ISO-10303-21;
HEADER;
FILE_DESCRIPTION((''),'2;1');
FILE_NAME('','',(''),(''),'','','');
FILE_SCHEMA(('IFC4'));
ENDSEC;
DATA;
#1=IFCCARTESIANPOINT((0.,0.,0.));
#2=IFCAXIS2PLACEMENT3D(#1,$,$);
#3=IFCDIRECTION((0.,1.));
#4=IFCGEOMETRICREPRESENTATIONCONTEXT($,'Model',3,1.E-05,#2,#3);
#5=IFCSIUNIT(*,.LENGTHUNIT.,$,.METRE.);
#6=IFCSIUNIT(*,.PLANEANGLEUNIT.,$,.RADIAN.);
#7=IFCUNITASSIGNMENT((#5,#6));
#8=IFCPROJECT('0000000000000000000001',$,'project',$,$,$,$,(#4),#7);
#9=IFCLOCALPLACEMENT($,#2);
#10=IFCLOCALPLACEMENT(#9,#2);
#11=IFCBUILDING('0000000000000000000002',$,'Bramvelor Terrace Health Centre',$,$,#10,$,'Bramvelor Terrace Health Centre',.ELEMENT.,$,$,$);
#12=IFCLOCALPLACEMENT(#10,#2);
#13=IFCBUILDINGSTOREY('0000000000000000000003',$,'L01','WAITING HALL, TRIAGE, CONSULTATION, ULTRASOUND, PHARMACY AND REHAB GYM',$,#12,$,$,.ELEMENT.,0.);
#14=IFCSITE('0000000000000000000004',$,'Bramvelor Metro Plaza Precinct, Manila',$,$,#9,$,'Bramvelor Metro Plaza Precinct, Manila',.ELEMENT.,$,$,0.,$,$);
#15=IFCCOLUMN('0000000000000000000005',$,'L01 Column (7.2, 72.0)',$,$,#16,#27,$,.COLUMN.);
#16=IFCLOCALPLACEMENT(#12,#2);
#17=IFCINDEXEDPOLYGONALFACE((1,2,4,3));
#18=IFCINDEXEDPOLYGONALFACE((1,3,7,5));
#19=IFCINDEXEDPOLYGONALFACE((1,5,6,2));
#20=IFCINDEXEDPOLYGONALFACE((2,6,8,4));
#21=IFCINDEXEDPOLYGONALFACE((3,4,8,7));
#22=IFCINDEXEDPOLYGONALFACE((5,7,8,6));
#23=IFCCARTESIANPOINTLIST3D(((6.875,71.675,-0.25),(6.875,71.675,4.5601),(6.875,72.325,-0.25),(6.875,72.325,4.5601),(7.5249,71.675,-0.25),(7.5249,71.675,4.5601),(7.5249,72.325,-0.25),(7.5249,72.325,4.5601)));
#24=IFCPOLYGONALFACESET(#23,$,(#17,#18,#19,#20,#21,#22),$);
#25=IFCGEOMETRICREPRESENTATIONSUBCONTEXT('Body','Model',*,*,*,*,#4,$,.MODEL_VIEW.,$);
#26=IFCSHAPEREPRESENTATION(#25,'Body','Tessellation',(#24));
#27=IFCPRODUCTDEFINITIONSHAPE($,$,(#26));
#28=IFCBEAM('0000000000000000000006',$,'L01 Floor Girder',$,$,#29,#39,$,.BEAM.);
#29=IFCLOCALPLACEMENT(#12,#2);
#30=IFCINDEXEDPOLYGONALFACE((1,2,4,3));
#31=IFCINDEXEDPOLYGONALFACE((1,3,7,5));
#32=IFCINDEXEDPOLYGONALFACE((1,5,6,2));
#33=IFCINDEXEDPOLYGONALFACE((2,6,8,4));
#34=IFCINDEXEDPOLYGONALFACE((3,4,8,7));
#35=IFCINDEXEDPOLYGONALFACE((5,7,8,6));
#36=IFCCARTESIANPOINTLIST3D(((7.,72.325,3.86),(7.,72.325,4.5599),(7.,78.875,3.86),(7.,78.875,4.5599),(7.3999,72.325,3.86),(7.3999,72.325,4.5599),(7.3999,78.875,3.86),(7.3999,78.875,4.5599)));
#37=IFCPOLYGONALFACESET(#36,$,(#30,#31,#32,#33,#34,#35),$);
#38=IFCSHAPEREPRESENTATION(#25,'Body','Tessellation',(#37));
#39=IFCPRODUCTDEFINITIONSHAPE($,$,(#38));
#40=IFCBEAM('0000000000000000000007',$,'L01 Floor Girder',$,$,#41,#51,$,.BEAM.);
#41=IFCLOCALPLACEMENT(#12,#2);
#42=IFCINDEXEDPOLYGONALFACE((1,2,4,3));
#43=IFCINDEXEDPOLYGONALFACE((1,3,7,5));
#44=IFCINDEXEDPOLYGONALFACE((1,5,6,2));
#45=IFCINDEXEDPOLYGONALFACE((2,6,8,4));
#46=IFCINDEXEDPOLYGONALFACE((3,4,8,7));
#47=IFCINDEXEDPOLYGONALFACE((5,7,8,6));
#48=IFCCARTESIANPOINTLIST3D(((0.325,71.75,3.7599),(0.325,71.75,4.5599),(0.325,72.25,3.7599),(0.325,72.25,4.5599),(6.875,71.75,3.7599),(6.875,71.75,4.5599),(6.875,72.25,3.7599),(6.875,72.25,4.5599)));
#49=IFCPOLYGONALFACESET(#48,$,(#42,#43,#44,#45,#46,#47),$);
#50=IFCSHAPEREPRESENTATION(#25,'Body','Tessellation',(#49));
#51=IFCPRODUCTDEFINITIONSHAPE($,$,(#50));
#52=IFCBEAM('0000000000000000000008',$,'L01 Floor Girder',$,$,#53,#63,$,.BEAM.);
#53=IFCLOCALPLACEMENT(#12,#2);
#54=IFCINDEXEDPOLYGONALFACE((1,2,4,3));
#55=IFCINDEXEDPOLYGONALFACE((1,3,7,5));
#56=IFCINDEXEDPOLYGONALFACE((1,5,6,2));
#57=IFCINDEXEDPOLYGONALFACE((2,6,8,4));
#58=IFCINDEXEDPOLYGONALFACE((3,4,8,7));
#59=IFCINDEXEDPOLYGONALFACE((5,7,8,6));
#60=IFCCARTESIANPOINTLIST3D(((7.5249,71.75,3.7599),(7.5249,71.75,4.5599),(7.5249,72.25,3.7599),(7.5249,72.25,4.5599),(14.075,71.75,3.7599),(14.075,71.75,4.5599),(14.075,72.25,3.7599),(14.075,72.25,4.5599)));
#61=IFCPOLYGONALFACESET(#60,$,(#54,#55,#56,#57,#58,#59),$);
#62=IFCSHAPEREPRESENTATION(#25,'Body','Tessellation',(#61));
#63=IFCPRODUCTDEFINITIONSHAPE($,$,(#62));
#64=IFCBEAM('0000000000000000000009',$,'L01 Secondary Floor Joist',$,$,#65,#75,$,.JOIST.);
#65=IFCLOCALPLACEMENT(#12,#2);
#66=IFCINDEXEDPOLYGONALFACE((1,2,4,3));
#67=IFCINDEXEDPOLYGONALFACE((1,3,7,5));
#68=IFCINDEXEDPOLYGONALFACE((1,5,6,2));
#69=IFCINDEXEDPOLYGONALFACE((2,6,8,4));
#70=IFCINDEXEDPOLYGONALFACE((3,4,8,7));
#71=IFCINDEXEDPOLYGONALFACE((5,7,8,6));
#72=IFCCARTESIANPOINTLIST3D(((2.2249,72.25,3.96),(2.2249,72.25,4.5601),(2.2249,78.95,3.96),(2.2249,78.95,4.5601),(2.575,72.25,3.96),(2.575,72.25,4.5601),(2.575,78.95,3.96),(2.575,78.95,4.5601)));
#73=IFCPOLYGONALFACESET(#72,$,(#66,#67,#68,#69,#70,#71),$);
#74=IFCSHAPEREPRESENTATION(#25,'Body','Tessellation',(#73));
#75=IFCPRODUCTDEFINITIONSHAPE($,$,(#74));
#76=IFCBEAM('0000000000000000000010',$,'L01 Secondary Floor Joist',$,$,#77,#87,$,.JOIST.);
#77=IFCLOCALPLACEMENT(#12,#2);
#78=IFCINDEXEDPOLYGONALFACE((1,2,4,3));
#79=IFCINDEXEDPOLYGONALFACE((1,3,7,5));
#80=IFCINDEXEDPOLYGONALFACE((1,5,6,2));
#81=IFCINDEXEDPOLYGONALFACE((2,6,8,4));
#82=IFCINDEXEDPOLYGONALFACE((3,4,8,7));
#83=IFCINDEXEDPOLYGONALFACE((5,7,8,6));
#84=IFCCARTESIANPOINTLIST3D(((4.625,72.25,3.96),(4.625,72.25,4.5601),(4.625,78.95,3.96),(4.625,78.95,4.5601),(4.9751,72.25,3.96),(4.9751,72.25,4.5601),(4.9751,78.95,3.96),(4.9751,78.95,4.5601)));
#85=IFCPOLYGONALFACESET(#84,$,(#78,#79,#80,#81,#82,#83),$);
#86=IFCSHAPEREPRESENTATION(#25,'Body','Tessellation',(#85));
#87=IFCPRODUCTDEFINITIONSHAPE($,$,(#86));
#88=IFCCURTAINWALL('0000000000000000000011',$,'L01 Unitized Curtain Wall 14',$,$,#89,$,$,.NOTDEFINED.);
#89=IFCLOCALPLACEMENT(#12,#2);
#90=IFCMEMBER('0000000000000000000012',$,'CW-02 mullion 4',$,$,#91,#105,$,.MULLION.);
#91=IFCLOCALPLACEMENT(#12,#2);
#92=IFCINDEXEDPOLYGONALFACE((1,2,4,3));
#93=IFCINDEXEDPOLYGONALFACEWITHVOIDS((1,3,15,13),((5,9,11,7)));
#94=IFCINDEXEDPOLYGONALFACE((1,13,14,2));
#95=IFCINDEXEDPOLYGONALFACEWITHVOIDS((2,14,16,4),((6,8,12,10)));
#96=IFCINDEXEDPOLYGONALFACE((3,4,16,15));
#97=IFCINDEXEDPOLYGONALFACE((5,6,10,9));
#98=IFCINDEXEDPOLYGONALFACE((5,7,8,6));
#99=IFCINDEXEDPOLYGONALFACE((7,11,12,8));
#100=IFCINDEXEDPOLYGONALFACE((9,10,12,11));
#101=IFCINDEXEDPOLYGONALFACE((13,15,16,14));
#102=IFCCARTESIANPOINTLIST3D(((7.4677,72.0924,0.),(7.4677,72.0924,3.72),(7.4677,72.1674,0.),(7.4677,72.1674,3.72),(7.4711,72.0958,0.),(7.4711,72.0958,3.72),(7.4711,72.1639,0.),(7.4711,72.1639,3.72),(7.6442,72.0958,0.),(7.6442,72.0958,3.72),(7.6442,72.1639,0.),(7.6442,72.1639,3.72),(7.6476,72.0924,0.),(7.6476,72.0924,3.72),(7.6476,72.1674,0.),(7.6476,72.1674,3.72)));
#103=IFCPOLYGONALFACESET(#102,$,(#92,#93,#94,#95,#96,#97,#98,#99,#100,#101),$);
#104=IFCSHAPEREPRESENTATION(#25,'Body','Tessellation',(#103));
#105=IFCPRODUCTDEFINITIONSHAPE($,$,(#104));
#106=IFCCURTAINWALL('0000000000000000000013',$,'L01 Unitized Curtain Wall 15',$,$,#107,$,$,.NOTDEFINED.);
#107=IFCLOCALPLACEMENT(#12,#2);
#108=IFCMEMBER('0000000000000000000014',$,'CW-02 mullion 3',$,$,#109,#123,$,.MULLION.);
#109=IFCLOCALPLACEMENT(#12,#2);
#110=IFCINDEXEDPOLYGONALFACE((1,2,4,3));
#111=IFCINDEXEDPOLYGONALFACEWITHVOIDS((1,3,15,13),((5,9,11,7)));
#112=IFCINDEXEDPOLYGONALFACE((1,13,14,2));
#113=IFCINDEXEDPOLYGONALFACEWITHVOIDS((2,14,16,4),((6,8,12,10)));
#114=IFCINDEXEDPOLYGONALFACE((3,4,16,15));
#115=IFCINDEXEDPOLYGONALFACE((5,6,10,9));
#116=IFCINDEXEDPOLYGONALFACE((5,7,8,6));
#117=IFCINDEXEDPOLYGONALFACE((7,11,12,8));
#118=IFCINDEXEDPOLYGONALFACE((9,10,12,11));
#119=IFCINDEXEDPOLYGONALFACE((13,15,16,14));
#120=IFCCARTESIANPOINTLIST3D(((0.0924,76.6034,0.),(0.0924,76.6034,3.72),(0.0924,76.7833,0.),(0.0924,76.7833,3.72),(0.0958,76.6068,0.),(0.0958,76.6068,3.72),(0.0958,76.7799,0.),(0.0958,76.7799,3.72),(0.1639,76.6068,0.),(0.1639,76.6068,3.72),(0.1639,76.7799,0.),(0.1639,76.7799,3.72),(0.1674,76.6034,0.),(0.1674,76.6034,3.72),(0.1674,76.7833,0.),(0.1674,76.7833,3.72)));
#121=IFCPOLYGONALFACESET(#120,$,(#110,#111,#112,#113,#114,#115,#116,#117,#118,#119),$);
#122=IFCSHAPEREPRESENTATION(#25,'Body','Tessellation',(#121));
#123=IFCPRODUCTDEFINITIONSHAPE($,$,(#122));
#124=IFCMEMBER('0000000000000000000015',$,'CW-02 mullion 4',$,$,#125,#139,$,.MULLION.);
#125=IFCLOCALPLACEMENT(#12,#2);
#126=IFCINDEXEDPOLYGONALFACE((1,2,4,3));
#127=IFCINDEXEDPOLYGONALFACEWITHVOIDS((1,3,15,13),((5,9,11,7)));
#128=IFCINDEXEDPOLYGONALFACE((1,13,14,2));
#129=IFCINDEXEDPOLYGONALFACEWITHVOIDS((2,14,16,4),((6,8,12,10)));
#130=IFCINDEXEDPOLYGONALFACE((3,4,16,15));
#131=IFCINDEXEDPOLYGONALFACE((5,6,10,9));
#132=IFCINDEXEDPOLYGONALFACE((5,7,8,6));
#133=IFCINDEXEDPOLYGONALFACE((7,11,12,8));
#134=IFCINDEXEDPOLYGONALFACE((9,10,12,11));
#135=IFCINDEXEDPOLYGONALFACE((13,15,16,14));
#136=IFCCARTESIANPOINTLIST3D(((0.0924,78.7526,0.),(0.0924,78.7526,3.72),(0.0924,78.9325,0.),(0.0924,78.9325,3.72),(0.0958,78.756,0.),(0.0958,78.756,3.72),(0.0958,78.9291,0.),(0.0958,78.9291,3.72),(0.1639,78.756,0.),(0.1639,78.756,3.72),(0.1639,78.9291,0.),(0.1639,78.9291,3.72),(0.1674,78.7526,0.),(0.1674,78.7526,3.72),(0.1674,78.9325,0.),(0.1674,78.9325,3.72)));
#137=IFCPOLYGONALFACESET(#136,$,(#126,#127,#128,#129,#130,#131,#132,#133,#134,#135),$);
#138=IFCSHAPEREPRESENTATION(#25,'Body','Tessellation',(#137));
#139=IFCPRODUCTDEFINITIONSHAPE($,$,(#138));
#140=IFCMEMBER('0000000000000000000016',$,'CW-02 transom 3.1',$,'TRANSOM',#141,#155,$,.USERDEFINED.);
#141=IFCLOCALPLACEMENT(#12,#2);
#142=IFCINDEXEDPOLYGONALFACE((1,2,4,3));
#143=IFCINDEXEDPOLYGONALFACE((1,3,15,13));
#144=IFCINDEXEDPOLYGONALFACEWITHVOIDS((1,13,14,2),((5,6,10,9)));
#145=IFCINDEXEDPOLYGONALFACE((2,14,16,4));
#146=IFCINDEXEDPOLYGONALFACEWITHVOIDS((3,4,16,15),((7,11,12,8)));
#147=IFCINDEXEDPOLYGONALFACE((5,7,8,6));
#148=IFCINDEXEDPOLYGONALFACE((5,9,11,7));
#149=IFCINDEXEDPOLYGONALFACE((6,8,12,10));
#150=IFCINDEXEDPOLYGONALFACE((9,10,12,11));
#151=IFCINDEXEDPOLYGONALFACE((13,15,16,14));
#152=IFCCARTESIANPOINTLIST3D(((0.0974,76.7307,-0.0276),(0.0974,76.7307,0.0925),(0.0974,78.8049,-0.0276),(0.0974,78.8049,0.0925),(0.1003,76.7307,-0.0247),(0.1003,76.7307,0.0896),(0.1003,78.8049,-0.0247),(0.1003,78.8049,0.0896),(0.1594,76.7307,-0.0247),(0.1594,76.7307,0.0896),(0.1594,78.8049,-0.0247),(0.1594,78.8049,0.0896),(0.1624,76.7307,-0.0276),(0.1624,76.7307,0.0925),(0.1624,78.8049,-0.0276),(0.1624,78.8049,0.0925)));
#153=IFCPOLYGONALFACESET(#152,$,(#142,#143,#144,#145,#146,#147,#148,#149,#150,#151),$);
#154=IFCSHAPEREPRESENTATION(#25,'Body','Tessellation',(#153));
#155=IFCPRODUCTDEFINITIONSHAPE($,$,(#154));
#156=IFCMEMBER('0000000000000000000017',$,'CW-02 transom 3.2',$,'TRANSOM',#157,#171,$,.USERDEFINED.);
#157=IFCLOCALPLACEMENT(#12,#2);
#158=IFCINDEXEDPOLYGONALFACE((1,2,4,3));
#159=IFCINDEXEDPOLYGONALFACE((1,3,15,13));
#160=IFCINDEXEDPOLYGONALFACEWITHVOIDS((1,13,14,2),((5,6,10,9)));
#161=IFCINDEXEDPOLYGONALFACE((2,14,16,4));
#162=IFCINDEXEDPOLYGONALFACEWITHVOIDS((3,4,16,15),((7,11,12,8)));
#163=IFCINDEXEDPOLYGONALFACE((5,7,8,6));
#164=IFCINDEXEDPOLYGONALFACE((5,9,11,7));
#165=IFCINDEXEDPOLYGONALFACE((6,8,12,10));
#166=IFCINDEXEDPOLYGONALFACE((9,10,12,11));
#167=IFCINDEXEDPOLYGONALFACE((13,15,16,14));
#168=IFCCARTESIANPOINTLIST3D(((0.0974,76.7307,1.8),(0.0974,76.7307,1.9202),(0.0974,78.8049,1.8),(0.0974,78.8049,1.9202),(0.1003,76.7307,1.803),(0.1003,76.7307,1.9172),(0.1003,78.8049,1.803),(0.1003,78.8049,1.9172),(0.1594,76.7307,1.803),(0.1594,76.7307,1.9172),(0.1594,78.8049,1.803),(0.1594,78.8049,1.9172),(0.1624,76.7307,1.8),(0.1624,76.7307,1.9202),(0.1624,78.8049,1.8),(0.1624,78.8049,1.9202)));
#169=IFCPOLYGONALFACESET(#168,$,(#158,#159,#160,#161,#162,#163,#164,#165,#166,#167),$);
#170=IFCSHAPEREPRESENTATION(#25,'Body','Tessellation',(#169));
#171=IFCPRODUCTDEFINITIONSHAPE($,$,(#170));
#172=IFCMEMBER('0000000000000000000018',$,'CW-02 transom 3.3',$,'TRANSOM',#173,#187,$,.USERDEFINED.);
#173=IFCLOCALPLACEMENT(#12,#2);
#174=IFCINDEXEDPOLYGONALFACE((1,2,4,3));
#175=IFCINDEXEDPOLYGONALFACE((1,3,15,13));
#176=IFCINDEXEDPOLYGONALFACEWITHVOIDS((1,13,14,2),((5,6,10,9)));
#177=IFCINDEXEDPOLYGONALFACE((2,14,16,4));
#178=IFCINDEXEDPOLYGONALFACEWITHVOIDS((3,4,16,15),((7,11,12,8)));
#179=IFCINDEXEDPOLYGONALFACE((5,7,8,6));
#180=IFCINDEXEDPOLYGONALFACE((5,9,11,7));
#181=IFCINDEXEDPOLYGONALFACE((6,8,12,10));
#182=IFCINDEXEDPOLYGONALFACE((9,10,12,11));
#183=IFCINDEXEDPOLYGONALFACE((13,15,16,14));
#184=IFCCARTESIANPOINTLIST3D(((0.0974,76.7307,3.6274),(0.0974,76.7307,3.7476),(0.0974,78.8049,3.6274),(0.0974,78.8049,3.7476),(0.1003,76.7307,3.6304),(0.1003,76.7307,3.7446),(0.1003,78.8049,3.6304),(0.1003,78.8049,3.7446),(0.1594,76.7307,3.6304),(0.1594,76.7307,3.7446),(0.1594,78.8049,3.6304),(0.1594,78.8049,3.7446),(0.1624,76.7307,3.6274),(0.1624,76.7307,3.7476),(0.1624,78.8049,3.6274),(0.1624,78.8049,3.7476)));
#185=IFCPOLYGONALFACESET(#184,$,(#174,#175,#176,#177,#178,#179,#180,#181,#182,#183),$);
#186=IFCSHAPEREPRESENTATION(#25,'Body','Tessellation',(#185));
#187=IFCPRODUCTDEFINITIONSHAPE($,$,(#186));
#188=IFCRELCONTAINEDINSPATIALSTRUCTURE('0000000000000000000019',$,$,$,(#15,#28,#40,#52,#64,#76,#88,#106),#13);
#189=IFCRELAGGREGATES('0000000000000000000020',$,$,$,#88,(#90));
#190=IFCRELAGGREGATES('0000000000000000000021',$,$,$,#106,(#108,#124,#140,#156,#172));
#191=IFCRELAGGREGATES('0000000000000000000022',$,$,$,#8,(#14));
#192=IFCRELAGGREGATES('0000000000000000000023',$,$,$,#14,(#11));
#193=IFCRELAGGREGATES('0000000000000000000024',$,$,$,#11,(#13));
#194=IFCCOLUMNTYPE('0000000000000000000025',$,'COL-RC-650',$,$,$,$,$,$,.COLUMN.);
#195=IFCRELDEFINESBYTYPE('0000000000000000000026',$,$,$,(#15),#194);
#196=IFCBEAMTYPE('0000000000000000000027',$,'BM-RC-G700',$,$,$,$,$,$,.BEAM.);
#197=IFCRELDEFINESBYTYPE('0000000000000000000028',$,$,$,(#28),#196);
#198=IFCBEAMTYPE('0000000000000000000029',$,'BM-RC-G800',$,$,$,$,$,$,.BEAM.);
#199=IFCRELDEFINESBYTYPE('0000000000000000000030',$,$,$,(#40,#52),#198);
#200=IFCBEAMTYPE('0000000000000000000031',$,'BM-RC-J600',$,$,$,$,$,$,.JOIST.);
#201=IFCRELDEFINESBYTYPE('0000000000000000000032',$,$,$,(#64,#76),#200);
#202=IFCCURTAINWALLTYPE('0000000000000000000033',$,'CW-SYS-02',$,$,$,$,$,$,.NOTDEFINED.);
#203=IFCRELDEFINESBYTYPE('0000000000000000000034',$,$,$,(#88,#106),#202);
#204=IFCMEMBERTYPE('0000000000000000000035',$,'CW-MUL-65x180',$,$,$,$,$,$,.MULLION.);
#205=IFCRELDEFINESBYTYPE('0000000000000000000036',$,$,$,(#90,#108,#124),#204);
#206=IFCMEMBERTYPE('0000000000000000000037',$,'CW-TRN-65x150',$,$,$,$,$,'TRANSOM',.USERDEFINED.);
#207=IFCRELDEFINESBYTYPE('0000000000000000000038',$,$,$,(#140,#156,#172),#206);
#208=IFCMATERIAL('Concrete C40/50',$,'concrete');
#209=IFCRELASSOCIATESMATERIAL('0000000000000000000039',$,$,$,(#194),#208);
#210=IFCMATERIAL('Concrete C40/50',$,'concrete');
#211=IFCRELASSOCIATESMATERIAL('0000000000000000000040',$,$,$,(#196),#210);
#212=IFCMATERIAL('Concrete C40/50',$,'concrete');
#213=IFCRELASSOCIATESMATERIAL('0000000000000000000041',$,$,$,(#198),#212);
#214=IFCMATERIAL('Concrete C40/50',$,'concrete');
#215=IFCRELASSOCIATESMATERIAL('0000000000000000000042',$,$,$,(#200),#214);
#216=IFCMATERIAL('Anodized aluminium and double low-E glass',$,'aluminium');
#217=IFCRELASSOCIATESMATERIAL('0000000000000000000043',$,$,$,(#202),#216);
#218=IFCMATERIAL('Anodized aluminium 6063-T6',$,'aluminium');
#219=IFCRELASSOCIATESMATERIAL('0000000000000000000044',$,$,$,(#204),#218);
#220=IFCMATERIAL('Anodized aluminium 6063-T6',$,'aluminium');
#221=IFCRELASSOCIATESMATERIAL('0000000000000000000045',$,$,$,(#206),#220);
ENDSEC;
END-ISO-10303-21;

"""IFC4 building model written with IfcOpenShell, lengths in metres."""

from ifc_helpers import new_model, si_unit, direction, frame, origin, origin_2d, place, context, subcontext, project, spatial, rectangle, hollow_rectangle, extrude, material, material_profile, profile_set, type_object, element, aggregate, save


model = new_model("IFC4")

# Units and contexts
model_context = context("Model", 3, precision=1e-05, world=origin(), true_north=direction((0.0, 1.0)))
body_context = subcontext(model_context, "Body", "Model", "MODEL_VIEW")
ifc_project = project(units=[si_unit("LENGTHUNIT", "METRE"), si_unit("PLANEANGLEUNIT", "RADIAN")], contexts=[model_context])

# Site, building, storey
site_placement = place(None, origin())
site = spatial("IfcSite", under=ifc_project, at=site_placement, Name="Bramvelor Metro Plaza Precinct, Manila", LongName="Bramvelor Metro Plaza Precinct, Manila", CompositionType="ELEMENT", RefElevation=0.0)
building_placement = place(site_placement, origin())
building = spatial("IfcBuilding", under=site, at=building_placement, Name="Bramvelor Terrace Health Centre", LongName="Bramvelor Terrace Health Centre", CompositionType="ELEMENT")
storey_placement = place(building_placement, origin())
storey = spatial("IfcBuildingStorey", under=building, at=storey_placement, Name="L01", Description="WAITING HALL, TRIAGE, CONSULTATION, ULTRASOUND, PHARMACY AND REHAB GYM", CompositionType="ELEMENT", Elevation=0.0)

# Column
ifc_material_1 = material(Name="Concrete C40/50", Category="concrete")
ifc_material_profile_1 = material_profile(ifc_material_1, rectangle(XDim=0.6499, YDim=0.6499, at=origin_2d()), Name="RC 650x650")
ifc_profile_set_1 = profile_set([ifc_material_profile_1], Name="Concrete C40/50")
column_type = type_object("IfcColumnType", Name="COL-RC-650", PredefinedType="COLUMN", material=ifc_profile_set_1)
column_placement = place(storey_placement, frame((7.2, 72.0, -0.25), z_axis=(0.0, 0.0, 1.0), x_axis=(1.0, 0.0, 0.0)))
element("IfcColumn", 1, at=column_placement, inside=storey, type_object=column_type, Name="L01 Column (7.2, 72.0)", PredefinedType="COLUMN", context=body_context, shape_type="SweptSolid", body=[
    extrude(rectangle(XDim=0.6499, YDim=0.6499, at=origin_2d()), origin(), (0.0, 0.0, 1.0), 4.8101),
])

# Beams
ifc_material_2 = material(Name="Concrete C40/50", Category="concrete")
ifc_material_profile_2 = material_profile(ifc_material_2, rectangle(XDim=0.3999, YDim=0.7, at=origin_2d()), Name="RC 400x700")
ifc_profile_set_2 = profile_set([ifc_material_profile_2], Name="Concrete C40/50")
beam_type_1 = type_object("IfcBeamType", Name="BM-RC-G700", PredefinedType="BEAM", material=ifc_profile_set_2)
beam_placement = place(storey_placement, frame((7.2, 72.325, 4.21), z_axis=(0.0, 1.0, 0.0), x_axis=(-1.0, 0.0, 0.0)))
element("IfcBeam", 2, at=beam_placement, inside=storey, type_object=beam_type_1, Name="L01 Floor Girder", PredefinedType="BEAM", context=body_context, shape_type="SweptSolid", body=[
    extrude(rectangle(XDim=0.3999, YDim=0.7, at=origin_2d()), origin(), (0.0, 0.0, 1.0), 6.55),
])
ifc_material_3 = material(Name="Concrete C40/50", Category="concrete")
ifc_material_profile_3 = material_profile(ifc_material_3, rectangle(XDim=0.5, YDim=0.8, at=origin_2d()), Name="RC 500x800")
ifc_profile_set_3 = profile_set([ifc_material_profile_3], Name="Concrete C40/50")
beam_type_2 = type_object("IfcBeamType", Name="BM-RC-G800", PredefinedType="BEAM", material=ifc_profile_set_3)
for number, where, z_axis, x_axis, name in (
    (3, (0.325, 72.0, 4.1599), (1.0, 0.0, 0.0), (0.0, 1.0, 0.0), "L01 Floor Girder"),
    (4, (7.5249, 72.0, 4.1599), (1.0, 0.0, 0.0), (0.0, 1.0, 0.0), "L01 Floor Girder"),
):
    element("IfcBeam", number, at=place(storey_placement, frame(where, z_axis=z_axis, x_axis=x_axis)), inside=storey, type_object=beam_type_2, Name=name, PredefinedType="BEAM", context=body_context, shape_type="SweptSolid", body=[
        extrude(rectangle(XDim=0.5, YDim=0.8, at=origin_2d()), origin(), (0.0, 0.0, 1.0), 6.55),
    ])
ifc_material_4 = material(Name="Concrete C40/50", Category="concrete")
ifc_material_profile_4 = material_profile(ifc_material_4, rectangle(XDim=0.3501, YDim=0.6001, at=origin_2d()), Name="RC 350x600")
ifc_profile_set_4 = profile_set([ifc_material_profile_4], Name="Concrete C40/50")
beam_type_3 = type_object("IfcBeamType", Name="BM-RC-J600", PredefinedType="JOIST", material=ifc_profile_set_4)
for number, where, z_axis, x_axis, name in (
    (5, (2.3999, 72.25, 4.26), (0.0, 1.0, 0.0), (-1.0, 0.0, 0.0), "L01 Secondary Floor Joist"),
    (6, (4.8, 72.25, 4.26), (0.0, 1.0, 0.0), (-1.0, 0.0, 0.0), "L01 Secondary Floor Joist"),
):
    element("IfcBeam", number, at=place(storey_placement, frame(where, z_axis=z_axis, x_axis=x_axis)), inside=storey, type_object=beam_type_3, Name=name, PredefinedType="JOIST", context=body_context, shape_type="SweptSolid", body=[
        extrude(rectangle(XDim=0.3501, YDim=0.6001, at=origin_2d()), origin(), (0.0, 0.0, 1.0), 6.7),
    ])

# Curtain wall, member
ifc_material_5 = material(Name="Anodized aluminium and double low-E glass", Category="aluminium")
curtain_wall_type = type_object("IfcCurtainWallType", Name="CW-SYS-02", PredefinedType="NOTDEFINED", material=ifc_material_5)
curtain_wall_1_placement = place(storey_placement, origin())
curtain_wall_1 = element("IfcCurtainWall", 7, at=curtain_wall_1_placement, inside=storey, type_object=curtain_wall_type, Name="L01 Unitized Curtain Wall 14", PredefinedType="NOTDEFINED")
ifc_material_6 = material(Name="Anodized aluminium 6063-T6", Category="aluminium")
ifc_material_profile_5 = material_profile(ifc_material_6, hollow_rectangle(XDim=0.075, YDim=0.1799, WallThickness=0.0034, at=origin_2d()), Name="ALU-MUL 75x180x3.5")
ifc_profile_set_5 = profile_set([ifc_material_profile_5], Name="Anodized aluminium 6063-T6")
member_type_1 = type_object("IfcMemberType", Name="CW-MUL-65x180", PredefinedType="MULLION", material=ifc_profile_set_5)
member_1_placement = place(storey_placement, frame((7.5576, 72.1299, 0.0), z_axis=(0.0, 0.0, 1.0), x_axis=(0.0, -1.0, 0.0)))
member_1 = element("IfcMember", 8, at=member_1_placement, type_object=member_type_1, Name="CW-02 mullion 4", PredefinedType="MULLION", context=body_context, shape_type="SweptSolid", body=[
    extrude(hollow_rectangle(XDim=0.075, YDim=0.1799, WallThickness=0.0034, at=origin_2d()), origin(), (0.0, 0.0, 1.0), 3.72),
])
aggregate(curtain_wall_1, [member_1])

# Curtain wall, members
curtain_wall_2_placement = place(storey_placement, origin())
curtain_wall_2 = element("IfcCurtainWall", 9, at=curtain_wall_2_placement, inside=storey, type_object=curtain_wall_type, Name="L01 Unitized Curtain Wall 15", PredefinedType="NOTDEFINED")
member_2_placement = place(storey_placement, frame((0.1299, 76.6934, 0.0), z_axis=(0.0, 0.0, 1.0), x_axis=(-1.0, 0.0, 0.0)))
member_2 = element("IfcMember", 10, at=member_2_placement, type_object=member_type_1, Name="CW-02 mullion 3", PredefinedType="MULLION", context=body_context, shape_type="SweptSolid", body=[
    extrude(hollow_rectangle(XDim=0.075, YDim=0.1799, WallThickness=0.0034, at=origin_2d()), origin(), (0.0, 0.0, 1.0), 3.72),
])
member_3_placement = place(storey_placement, frame((0.1299, 78.8425, 0.0), z_axis=(0.0, 0.0, 1.0), x_axis=(-1.0, 0.0, 0.0)))
member_3 = element("IfcMember", 11, at=member_3_placement, type_object=member_type_1, Name="CW-02 mullion 4", PredefinedType="MULLION", context=body_context, shape_type="SweptSolid", body=[
    extrude(hollow_rectangle(XDim=0.075, YDim=0.1799, WallThickness=0.0034, at=origin_2d()), origin(), (0.0, 0.0, 1.0), 3.72),
])
ifc_material_7 = material(Name="Anodized aluminium 6063-T6", Category="aluminium")
ifc_material_profile_6 = material_profile(ifc_material_7, hollow_rectangle(XDim=0.0649, YDim=0.1201, WallThickness=0.0029, at=origin_2d()), Name="ALU-TRN 65x120x3.0")
ifc_profile_set_6 = profile_set([ifc_material_profile_6], Name="Anodized aluminium 6063-T6")
member_type_2 = type_object("IfcMemberType", Name="CW-TRN-65x150", ElementType="TRANSOM", PredefinedType="USERDEFINED", material=ifc_profile_set_6)
member_4_placement = place(storey_placement, frame((0.1299, 76.7307, 0.0325), z_axis=(0.0, 1.0, 0.0), x_axis=(-1.0, 0.0, 0.0)))
member_4 = element("IfcMember", 12, at=member_4_placement, type_object=member_type_2, Name="CW-02 transom 3.1", ObjectType="TRANSOM", PredefinedType="USERDEFINED", context=body_context, shape_type="SweptSolid", body=[
    extrude(hollow_rectangle(XDim=0.0649, YDim=0.1201, WallThickness=0.0029, at=origin_2d()), origin(), (0.0, 0.0, 1.0), 2.0742),
])
member_5_placement = place(storey_placement, frame((0.1299, 76.7307, 1.8601), z_axis=(0.0, 1.0, 0.0), x_axis=(-1.0, 0.0, 0.0)))
member_5 = element("IfcMember", 13, at=member_5_placement, type_object=member_type_2, Name="CW-02 transom 3.2", ObjectType="TRANSOM", PredefinedType="USERDEFINED", context=body_context, shape_type="SweptSolid", body=[
    extrude(hollow_rectangle(XDim=0.0649, YDim=0.1201, WallThickness=0.0029, at=origin_2d()), origin(), (0.0, 0.0, 1.0), 2.0742),
])
member_6_placement = place(storey_placement, frame((0.1299, 76.7307, 3.6875), z_axis=(0.0, 1.0, 0.0), x_axis=(-1.0, 0.0, 0.0)))
member_6 = element("IfcMember", 14, at=member_6_placement, type_object=member_type_2, Name="CW-02 transom 3.3", ObjectType="TRANSOM", PredefinedType="USERDEFINED", context=body_context, shape_type="SweptSolid", body=[
    extrude(hollow_rectangle(XDim=0.0649, YDim=0.1201, WallThickness=0.0029, at=origin_2d()), origin(), (0.0, 0.0, 1.0), 2.0742),
])
aggregate(curtain_wall_2, [member_2, member_3, member_4, member_5, member_6])

save(model, "model.ifc")
